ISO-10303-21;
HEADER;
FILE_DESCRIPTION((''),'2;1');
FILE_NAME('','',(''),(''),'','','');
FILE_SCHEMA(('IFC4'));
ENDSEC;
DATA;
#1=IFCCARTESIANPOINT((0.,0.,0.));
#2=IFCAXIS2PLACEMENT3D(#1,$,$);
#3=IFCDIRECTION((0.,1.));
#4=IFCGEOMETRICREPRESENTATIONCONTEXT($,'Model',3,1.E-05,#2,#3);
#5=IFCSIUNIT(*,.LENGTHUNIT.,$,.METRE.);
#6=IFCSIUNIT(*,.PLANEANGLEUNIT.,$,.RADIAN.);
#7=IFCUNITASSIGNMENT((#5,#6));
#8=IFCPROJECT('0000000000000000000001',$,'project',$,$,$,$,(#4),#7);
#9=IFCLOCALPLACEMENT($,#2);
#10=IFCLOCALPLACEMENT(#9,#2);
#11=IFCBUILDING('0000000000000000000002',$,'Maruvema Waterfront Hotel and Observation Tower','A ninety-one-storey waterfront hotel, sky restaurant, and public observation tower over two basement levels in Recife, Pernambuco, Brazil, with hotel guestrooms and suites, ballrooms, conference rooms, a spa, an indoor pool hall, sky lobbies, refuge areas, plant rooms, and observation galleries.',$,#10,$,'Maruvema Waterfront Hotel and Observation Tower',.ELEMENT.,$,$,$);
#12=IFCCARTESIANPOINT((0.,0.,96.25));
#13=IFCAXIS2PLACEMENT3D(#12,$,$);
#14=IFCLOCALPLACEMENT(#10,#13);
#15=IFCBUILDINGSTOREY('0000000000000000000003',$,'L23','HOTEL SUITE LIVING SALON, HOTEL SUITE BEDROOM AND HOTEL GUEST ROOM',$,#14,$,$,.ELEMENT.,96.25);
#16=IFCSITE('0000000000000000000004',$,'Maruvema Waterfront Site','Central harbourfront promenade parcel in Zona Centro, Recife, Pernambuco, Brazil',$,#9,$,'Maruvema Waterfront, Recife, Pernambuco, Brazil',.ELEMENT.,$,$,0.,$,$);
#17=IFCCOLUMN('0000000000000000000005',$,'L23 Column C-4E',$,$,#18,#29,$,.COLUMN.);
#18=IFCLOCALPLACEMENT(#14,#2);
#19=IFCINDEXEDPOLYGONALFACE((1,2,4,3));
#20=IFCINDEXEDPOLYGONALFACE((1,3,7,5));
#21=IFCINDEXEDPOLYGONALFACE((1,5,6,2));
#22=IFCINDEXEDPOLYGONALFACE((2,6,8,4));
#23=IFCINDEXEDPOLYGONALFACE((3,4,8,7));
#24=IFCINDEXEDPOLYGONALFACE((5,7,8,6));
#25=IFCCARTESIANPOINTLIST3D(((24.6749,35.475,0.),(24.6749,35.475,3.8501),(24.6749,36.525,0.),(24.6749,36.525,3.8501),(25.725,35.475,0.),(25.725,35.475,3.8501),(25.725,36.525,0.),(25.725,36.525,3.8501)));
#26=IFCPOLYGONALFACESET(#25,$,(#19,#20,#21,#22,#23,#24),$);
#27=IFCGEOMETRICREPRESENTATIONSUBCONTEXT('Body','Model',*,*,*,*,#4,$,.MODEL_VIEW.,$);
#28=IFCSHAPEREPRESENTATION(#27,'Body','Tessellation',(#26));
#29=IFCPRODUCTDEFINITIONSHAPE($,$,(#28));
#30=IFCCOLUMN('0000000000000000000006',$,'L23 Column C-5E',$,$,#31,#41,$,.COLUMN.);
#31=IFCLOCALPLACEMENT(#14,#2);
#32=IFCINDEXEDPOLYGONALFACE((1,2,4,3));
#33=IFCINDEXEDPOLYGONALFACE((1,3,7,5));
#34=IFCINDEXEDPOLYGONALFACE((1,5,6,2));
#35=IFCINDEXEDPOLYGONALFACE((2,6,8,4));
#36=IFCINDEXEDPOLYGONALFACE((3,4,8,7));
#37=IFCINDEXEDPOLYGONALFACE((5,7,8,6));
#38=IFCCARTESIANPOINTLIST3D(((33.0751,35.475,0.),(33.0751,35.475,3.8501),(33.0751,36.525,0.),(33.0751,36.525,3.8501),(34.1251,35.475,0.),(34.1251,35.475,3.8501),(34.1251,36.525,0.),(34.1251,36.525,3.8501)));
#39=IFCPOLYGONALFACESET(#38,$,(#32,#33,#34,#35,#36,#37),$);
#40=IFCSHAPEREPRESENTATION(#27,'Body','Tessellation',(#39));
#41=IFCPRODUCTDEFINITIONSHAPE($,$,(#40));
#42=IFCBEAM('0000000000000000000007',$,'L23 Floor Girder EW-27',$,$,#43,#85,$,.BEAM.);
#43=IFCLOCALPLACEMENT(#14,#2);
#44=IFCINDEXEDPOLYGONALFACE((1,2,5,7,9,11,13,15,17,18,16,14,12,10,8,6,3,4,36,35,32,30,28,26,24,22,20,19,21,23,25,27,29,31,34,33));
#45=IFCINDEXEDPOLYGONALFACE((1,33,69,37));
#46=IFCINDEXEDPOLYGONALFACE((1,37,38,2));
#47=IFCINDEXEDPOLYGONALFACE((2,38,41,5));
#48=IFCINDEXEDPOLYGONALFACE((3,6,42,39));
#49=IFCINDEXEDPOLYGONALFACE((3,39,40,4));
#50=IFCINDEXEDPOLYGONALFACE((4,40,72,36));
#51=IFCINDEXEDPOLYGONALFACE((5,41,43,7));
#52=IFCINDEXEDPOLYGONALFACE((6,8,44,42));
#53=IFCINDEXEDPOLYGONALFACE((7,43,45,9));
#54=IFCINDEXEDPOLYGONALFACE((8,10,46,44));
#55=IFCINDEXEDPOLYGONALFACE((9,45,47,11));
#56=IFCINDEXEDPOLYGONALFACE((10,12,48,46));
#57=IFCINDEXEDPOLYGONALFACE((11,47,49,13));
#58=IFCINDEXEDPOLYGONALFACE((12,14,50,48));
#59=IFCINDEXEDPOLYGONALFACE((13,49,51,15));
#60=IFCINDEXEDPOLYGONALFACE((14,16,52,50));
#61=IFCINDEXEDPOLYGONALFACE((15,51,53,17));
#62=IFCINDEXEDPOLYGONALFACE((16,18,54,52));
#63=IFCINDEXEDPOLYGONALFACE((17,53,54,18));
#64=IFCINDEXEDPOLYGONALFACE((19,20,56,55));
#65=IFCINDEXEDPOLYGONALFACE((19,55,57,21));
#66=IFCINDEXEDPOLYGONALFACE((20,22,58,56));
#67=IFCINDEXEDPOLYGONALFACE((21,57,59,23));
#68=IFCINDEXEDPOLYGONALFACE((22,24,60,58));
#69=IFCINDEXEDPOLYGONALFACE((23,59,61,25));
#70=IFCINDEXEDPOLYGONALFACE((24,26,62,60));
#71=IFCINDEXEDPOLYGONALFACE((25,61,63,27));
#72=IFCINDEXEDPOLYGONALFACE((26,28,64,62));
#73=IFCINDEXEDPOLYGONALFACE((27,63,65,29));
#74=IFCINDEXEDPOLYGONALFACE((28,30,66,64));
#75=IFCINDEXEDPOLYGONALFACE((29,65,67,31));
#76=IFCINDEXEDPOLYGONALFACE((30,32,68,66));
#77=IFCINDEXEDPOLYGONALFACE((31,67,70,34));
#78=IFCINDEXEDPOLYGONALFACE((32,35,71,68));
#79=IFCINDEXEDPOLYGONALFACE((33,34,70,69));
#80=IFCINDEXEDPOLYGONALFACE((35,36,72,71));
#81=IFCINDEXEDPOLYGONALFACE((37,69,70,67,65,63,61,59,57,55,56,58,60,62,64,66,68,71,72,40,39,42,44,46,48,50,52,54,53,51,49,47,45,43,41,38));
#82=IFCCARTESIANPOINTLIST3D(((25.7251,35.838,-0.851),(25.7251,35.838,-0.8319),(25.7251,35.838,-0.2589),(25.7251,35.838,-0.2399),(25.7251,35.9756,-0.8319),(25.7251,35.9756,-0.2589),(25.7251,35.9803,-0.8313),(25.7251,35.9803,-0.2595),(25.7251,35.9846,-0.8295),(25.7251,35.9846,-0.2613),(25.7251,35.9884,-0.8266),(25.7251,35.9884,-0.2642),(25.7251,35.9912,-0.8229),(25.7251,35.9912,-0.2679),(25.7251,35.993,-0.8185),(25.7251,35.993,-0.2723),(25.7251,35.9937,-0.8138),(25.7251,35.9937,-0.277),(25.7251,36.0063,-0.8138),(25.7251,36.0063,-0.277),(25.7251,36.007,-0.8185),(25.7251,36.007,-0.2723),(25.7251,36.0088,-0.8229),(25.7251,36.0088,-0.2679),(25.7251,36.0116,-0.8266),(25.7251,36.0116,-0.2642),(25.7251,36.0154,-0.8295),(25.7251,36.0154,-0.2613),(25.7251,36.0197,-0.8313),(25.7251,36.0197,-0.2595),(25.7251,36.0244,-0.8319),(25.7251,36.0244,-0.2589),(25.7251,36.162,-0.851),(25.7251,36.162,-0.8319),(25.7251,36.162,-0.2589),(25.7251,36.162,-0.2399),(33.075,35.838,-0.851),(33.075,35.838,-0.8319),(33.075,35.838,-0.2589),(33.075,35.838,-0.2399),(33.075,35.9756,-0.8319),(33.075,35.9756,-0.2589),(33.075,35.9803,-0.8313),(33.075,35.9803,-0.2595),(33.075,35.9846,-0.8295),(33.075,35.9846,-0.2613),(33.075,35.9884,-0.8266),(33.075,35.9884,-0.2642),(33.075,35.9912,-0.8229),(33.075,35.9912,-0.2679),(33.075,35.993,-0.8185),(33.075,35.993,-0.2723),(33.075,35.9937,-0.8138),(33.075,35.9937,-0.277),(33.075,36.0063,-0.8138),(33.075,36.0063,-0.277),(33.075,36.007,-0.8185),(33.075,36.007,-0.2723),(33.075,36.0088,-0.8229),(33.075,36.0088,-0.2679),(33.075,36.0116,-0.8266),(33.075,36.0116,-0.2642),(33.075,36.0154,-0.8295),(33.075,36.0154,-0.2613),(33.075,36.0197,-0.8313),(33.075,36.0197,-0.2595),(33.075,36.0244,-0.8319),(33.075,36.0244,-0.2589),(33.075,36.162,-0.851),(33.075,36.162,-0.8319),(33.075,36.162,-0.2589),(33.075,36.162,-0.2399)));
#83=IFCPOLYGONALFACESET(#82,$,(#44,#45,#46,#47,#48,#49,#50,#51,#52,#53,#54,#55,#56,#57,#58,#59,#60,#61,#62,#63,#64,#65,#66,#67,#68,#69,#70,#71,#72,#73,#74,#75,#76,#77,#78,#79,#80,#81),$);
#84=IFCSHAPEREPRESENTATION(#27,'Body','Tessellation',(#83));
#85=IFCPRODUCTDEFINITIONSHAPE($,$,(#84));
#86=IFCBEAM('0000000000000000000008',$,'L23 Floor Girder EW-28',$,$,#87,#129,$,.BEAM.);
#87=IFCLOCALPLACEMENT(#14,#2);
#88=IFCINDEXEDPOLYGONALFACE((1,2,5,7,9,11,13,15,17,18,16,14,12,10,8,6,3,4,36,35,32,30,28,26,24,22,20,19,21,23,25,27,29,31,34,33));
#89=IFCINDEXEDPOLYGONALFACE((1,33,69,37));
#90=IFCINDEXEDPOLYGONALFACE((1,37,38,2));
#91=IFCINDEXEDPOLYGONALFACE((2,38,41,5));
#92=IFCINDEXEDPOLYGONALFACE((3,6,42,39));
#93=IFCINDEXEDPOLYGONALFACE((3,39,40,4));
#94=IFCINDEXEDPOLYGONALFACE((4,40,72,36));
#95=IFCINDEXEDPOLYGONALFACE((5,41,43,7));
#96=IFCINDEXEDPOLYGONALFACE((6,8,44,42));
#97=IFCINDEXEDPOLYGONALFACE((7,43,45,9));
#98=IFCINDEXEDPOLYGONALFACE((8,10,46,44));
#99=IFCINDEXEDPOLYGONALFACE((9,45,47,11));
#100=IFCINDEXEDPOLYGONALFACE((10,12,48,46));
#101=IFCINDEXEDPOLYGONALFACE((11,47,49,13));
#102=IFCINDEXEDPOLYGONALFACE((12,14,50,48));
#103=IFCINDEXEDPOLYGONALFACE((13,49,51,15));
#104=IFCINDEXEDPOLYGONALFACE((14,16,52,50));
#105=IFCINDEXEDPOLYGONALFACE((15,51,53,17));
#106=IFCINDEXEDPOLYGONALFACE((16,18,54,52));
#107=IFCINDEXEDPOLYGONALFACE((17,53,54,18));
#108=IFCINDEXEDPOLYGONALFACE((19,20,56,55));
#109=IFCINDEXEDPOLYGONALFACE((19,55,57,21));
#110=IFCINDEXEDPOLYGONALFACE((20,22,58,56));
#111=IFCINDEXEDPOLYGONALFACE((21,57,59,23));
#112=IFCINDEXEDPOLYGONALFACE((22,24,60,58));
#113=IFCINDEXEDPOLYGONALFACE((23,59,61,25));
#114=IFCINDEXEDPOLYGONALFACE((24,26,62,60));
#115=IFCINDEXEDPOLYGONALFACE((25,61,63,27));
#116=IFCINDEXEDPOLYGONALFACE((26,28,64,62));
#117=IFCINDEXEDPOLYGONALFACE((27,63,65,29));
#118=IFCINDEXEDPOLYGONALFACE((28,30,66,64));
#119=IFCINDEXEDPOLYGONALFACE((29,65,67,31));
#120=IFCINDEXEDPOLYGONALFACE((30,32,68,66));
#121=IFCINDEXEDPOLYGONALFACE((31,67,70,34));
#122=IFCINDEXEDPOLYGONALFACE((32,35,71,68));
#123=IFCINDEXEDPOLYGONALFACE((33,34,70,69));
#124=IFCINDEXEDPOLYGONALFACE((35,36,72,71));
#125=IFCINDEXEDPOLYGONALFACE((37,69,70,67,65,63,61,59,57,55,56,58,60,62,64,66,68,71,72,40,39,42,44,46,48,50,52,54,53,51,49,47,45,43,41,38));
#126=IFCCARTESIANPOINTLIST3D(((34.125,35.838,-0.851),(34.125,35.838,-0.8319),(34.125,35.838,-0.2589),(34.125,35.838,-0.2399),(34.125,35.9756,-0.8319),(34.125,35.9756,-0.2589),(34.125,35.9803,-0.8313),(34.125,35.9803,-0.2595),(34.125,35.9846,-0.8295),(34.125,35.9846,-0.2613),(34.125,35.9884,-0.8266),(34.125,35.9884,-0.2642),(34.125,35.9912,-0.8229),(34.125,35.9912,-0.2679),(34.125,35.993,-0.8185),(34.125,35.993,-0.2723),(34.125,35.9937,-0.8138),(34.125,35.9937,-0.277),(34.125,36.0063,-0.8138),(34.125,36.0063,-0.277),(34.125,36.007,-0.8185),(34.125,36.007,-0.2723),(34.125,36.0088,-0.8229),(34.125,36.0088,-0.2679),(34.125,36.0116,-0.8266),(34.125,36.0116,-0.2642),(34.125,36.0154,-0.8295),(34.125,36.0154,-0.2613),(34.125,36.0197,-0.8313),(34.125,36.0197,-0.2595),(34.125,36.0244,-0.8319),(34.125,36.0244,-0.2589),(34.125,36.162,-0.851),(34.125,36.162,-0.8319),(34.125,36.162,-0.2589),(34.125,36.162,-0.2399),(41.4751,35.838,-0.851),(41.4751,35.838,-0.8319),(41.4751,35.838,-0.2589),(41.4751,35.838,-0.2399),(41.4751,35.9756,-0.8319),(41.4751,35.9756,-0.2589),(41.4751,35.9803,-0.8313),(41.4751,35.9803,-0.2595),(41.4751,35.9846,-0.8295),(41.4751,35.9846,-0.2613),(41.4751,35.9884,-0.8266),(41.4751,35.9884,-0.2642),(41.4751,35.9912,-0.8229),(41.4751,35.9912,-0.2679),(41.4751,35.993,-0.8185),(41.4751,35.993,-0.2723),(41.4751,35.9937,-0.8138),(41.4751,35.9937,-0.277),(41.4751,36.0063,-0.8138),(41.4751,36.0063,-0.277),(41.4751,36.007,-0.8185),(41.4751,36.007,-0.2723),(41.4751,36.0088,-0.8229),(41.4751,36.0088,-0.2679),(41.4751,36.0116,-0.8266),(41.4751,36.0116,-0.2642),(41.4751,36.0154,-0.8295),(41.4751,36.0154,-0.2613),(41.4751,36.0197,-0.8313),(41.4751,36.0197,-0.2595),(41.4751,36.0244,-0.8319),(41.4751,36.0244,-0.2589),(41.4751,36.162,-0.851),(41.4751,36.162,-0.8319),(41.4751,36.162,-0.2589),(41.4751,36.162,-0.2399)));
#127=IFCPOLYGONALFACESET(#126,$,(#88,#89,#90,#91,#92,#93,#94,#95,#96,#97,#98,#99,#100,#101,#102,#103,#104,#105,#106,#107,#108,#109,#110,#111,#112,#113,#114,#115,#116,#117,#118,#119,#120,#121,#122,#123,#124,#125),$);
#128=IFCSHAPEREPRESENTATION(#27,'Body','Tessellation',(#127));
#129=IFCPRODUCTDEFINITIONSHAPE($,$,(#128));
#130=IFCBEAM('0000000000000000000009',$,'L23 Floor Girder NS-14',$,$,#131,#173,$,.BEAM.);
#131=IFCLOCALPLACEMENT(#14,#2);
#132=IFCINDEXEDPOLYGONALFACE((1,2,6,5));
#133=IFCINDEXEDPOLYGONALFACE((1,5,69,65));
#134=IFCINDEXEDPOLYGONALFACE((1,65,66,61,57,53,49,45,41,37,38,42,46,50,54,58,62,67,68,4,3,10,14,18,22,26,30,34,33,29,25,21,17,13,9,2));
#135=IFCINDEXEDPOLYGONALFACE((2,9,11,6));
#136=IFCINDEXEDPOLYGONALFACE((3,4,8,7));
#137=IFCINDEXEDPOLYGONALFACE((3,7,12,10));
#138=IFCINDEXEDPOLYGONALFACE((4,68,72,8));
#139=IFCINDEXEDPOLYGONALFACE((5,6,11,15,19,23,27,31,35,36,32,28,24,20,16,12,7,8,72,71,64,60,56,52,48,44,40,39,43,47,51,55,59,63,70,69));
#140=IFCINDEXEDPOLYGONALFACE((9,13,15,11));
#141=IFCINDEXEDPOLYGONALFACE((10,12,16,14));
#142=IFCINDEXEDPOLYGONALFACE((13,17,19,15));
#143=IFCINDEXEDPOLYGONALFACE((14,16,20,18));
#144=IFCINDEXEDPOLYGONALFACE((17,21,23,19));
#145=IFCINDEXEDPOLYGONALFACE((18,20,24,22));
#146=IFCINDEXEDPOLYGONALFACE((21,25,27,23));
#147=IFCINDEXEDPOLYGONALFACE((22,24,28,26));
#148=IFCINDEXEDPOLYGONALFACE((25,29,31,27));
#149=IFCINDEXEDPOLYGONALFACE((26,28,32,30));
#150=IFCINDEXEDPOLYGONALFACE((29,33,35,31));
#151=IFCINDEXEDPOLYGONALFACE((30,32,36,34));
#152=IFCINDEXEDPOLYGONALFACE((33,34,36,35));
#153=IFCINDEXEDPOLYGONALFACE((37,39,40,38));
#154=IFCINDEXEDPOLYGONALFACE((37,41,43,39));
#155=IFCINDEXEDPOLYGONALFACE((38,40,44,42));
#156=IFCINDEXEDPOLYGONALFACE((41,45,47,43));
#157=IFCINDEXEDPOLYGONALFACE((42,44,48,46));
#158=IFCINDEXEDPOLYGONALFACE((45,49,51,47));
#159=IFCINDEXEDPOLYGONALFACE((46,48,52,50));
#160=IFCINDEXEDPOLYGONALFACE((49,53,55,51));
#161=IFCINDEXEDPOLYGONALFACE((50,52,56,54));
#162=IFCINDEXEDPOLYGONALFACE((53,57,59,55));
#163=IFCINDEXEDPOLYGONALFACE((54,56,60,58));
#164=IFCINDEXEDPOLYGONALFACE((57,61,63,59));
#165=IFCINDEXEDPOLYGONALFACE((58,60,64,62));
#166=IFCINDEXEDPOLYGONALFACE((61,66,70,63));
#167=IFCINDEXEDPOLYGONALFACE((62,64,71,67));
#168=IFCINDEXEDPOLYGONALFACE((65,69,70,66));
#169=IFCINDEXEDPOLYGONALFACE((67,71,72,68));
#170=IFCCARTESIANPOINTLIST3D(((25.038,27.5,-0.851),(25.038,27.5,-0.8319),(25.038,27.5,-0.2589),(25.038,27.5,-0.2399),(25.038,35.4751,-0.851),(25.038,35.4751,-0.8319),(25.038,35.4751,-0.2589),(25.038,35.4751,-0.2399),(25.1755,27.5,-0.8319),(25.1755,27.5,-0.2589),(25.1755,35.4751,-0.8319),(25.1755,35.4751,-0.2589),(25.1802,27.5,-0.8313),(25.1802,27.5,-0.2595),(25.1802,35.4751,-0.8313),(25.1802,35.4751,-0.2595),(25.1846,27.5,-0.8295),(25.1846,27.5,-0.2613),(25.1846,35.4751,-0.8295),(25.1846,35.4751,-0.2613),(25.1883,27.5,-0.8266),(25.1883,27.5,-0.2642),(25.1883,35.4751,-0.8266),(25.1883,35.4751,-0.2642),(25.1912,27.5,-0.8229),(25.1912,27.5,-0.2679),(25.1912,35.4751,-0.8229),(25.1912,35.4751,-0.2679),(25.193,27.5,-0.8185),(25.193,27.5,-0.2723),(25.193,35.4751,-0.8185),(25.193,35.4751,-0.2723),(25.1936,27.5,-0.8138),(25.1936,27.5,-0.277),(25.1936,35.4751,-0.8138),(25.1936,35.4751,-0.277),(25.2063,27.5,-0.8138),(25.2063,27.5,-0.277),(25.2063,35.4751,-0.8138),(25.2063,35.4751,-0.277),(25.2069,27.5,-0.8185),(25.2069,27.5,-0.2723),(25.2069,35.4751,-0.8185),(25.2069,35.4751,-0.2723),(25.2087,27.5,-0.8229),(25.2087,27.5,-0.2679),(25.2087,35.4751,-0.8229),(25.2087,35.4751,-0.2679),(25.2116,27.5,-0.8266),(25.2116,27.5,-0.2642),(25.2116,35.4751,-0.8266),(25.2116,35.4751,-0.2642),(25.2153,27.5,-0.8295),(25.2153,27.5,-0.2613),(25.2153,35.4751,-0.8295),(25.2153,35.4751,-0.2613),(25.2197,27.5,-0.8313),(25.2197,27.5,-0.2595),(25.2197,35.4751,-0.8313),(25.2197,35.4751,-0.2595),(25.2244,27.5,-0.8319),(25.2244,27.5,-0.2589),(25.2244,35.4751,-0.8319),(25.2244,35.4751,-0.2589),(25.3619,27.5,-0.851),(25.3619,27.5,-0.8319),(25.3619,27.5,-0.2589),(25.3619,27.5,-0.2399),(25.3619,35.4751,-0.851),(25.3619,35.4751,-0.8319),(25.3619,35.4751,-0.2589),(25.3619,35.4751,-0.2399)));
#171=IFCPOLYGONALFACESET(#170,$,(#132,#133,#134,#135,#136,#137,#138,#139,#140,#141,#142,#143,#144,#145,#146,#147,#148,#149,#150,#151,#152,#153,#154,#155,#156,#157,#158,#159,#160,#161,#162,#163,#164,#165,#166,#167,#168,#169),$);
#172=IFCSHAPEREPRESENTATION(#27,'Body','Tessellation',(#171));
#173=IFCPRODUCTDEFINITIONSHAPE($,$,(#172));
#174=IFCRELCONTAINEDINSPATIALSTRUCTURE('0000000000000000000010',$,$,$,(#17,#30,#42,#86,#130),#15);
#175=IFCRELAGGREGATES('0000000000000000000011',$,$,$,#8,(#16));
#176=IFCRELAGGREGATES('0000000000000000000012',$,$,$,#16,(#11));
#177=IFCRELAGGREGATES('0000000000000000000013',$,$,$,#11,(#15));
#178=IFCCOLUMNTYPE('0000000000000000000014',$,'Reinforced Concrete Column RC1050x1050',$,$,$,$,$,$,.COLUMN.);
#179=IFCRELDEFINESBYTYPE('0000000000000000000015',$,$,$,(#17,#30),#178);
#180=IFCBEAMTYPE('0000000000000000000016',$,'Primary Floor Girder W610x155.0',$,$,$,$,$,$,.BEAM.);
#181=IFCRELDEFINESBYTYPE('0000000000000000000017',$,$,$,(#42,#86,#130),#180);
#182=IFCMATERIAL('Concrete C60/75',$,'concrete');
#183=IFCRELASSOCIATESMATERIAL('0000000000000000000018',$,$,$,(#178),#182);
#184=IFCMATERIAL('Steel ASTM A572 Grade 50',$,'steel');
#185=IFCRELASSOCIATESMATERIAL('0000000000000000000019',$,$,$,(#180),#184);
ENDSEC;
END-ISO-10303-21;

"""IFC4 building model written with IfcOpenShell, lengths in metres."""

from ifc_helpers import new_model, si_unit, direction, frame, origin, origin_2d, place, context, subcontext, project, spatial, rectangle, i_section, extrude, material, material_profile, profile_set, type_object, element, save


model = new_model("IFC4")

# Units and contexts
model_context = context("Model", 3, precision=1e-05, world=origin(), true_north=direction((0.0, 1.0)))
body_context = subcontext(model_context, "Body", "Model", "MODEL_VIEW")
ifc_project = project(units=[si_unit("LENGTHUNIT", "METRE"), si_unit("PLANEANGLEUNIT", "RADIAN")], contexts=[model_context])

# Site, building, storey
site_placement = place(None, origin())
site = spatial("IfcSite", under=ifc_project, at=site_placement, Name="Maruvema Waterfront Site", Description="Central harbourfront promenade parcel in Zona Centro, Recife, Pernambuco, Brazil", LongName="Maruvema Waterfront, Recife, Pernambuco, Brazil", CompositionType="ELEMENT", RefElevation=0.0)
building_placement = place(site_placement, origin())
building = spatial("IfcBuilding", under=site, at=building_placement, Name="Maruvema Waterfront Hotel and Observation Tower", Description="A ninety-one-storey waterfront hotel, sky restaurant, and public observation tower over two basement levels in Recife, Pernambuco, Brazil, with hotel guestrooms and suites, ballrooms, conference rooms, a spa, an indoor pool hall, sky lobbies, refuge areas, plant rooms, and observation galleries.", LongName="Maruvema Waterfront Hotel and Observation Tower", CompositionType="ELEMENT")
storey_placement = place(building_placement, frame((0.0, 0.0, 96.25)))
storey = spatial("IfcBuildingStorey", under=building, at=storey_placement, Name="L23", Description="HOTEL SUITE LIVING SALON, HOTEL SUITE BEDROOM AND HOTEL GUEST ROOM", CompositionType="ELEMENT", Elevation=96.25)

# Columns
ifc_material_1 = material(Name="Concrete C60/75", Category="concrete")
ifc_material_profile_1 = material_profile(ifc_material_1, rectangle(XDim=1.05, YDim=1.05, at=origin_2d()), Name="RC1050x1050")
ifc_profile_set_1 = profile_set([ifc_material_profile_1], Name="Concrete C60/75")
column_type = type_object("IfcColumnType", Name="Reinforced Concrete Column RC1050x1050", PredefinedType="COLUMN", material=ifc_profile_set_1)
for number, where, z_axis, x_axis, name in (
    (1, (25.2, 36.0, 0.0), (0.0, 0.0, 1.0), (1.0, 0.0, 0.0), "L23 Column C-4E"),
    (2, (33.6001, 36.0, 0.0), (0.0, 0.0, 1.0), (1.0, 0.0, 0.0), "L23 Column C-5E"),
):
    element("IfcColumn", number, at=place(storey_placement, frame(where, z_axis=z_axis, x_axis=x_axis)), inside=storey, type_object=column_type, Name=name, PredefinedType="COLUMN", context=body_context, shape_type="SweptSolid", body=[
        extrude(rectangle(XDim=1.05, YDim=1.05, at=origin_2d()), origin(), (0.0, 0.0, 1.0), 3.8501),
    ])

# Beams
ifc_material_2 = material(Name="Steel ASTM A572 Grade 50", Category="steel")
ifc_material_profile_2 = material_profile(ifc_material_2, i_section(OverallWidth=0.324, OverallDepth=0.6111, WebThickness=0.0127, FlangeThickness=0.019, FilletRadius=0.0181, at=origin_2d()), Name="W610x155.0")
ifc_profile_set_2 = profile_set([ifc_material_profile_2], Name="Steel ASTM A572 Grade 50")
beam_type_1 = type_object("IfcBeamType", Name="Primary Floor Girder W610x155.0", PredefinedType="BEAM", material=ifc_profile_set_2)
beam_1_placement = place(storey_placement, frame((25.7251, 36.0, -0.5454), z_axis=(1.0, 0.0, 0.0), x_axis=(0.0, 1.0, 0.0)))
element("IfcBeam", 3, at=beam_1_placement, inside=storey, type_object=beam_type_1, Name="L23 Floor Girder EW-27", PredefinedType="BEAM", context=body_context, shape_type="SweptSolid", body=[
    extrude(i_section(OverallWidth=0.324, OverallDepth=0.6111, WebThickness=0.0127, FlangeThickness=0.019, FilletRadius=0.0181, at=origin_2d()), origin(), (0.0, 0.0, 1.0), 7.3499),
])
beam_2_placement = place(storey_placement, frame((34.125, 36.0, -0.5454), z_axis=(1.0, 0.0, 0.0), x_axis=(0.0, 1.0, 0.0)))
element("IfcBeam", 4, at=beam_2_placement, inside=storey, type_object=beam_type_1, Name="L23 Floor Girder EW-28", PredefinedType="BEAM", context=body_context, shape_type="SweptSolid", body=[
    extrude(i_section(OverallWidth=0.324, OverallDepth=0.6111, WebThickness=0.0127, FlangeThickness=0.019, FilletRadius=0.0181, at=origin_2d()), origin(), (0.0, 0.0, 1.0), 7.3501),
])
for number, where, z_axis, x_axis, name in (
    (5, (25.2, 27.5, -0.5454), (0.0, 1.0, 0.0), (-1.0, 0.0, 0.0), "L23 Floor Girder NS-14"),
):
    element("IfcBeam", number, at=place(storey_placement, frame(where, z_axis=z_axis, x_axis=x_axis)), inside=storey, type_object=beam_type_1, Name=name, PredefinedType="BEAM", context=body_context, shape_type="SweptSolid", body=[
        extrude(i_section(OverallWidth=0.324, OverallDepth=0.6111, WebThickness=0.0127, FlangeThickness=0.019, FilletRadius=0.0181, at=origin_2d()), origin(), (0.0, 0.0, 1.0), 7.9751),
    ])

save(model, "model.ifc")
